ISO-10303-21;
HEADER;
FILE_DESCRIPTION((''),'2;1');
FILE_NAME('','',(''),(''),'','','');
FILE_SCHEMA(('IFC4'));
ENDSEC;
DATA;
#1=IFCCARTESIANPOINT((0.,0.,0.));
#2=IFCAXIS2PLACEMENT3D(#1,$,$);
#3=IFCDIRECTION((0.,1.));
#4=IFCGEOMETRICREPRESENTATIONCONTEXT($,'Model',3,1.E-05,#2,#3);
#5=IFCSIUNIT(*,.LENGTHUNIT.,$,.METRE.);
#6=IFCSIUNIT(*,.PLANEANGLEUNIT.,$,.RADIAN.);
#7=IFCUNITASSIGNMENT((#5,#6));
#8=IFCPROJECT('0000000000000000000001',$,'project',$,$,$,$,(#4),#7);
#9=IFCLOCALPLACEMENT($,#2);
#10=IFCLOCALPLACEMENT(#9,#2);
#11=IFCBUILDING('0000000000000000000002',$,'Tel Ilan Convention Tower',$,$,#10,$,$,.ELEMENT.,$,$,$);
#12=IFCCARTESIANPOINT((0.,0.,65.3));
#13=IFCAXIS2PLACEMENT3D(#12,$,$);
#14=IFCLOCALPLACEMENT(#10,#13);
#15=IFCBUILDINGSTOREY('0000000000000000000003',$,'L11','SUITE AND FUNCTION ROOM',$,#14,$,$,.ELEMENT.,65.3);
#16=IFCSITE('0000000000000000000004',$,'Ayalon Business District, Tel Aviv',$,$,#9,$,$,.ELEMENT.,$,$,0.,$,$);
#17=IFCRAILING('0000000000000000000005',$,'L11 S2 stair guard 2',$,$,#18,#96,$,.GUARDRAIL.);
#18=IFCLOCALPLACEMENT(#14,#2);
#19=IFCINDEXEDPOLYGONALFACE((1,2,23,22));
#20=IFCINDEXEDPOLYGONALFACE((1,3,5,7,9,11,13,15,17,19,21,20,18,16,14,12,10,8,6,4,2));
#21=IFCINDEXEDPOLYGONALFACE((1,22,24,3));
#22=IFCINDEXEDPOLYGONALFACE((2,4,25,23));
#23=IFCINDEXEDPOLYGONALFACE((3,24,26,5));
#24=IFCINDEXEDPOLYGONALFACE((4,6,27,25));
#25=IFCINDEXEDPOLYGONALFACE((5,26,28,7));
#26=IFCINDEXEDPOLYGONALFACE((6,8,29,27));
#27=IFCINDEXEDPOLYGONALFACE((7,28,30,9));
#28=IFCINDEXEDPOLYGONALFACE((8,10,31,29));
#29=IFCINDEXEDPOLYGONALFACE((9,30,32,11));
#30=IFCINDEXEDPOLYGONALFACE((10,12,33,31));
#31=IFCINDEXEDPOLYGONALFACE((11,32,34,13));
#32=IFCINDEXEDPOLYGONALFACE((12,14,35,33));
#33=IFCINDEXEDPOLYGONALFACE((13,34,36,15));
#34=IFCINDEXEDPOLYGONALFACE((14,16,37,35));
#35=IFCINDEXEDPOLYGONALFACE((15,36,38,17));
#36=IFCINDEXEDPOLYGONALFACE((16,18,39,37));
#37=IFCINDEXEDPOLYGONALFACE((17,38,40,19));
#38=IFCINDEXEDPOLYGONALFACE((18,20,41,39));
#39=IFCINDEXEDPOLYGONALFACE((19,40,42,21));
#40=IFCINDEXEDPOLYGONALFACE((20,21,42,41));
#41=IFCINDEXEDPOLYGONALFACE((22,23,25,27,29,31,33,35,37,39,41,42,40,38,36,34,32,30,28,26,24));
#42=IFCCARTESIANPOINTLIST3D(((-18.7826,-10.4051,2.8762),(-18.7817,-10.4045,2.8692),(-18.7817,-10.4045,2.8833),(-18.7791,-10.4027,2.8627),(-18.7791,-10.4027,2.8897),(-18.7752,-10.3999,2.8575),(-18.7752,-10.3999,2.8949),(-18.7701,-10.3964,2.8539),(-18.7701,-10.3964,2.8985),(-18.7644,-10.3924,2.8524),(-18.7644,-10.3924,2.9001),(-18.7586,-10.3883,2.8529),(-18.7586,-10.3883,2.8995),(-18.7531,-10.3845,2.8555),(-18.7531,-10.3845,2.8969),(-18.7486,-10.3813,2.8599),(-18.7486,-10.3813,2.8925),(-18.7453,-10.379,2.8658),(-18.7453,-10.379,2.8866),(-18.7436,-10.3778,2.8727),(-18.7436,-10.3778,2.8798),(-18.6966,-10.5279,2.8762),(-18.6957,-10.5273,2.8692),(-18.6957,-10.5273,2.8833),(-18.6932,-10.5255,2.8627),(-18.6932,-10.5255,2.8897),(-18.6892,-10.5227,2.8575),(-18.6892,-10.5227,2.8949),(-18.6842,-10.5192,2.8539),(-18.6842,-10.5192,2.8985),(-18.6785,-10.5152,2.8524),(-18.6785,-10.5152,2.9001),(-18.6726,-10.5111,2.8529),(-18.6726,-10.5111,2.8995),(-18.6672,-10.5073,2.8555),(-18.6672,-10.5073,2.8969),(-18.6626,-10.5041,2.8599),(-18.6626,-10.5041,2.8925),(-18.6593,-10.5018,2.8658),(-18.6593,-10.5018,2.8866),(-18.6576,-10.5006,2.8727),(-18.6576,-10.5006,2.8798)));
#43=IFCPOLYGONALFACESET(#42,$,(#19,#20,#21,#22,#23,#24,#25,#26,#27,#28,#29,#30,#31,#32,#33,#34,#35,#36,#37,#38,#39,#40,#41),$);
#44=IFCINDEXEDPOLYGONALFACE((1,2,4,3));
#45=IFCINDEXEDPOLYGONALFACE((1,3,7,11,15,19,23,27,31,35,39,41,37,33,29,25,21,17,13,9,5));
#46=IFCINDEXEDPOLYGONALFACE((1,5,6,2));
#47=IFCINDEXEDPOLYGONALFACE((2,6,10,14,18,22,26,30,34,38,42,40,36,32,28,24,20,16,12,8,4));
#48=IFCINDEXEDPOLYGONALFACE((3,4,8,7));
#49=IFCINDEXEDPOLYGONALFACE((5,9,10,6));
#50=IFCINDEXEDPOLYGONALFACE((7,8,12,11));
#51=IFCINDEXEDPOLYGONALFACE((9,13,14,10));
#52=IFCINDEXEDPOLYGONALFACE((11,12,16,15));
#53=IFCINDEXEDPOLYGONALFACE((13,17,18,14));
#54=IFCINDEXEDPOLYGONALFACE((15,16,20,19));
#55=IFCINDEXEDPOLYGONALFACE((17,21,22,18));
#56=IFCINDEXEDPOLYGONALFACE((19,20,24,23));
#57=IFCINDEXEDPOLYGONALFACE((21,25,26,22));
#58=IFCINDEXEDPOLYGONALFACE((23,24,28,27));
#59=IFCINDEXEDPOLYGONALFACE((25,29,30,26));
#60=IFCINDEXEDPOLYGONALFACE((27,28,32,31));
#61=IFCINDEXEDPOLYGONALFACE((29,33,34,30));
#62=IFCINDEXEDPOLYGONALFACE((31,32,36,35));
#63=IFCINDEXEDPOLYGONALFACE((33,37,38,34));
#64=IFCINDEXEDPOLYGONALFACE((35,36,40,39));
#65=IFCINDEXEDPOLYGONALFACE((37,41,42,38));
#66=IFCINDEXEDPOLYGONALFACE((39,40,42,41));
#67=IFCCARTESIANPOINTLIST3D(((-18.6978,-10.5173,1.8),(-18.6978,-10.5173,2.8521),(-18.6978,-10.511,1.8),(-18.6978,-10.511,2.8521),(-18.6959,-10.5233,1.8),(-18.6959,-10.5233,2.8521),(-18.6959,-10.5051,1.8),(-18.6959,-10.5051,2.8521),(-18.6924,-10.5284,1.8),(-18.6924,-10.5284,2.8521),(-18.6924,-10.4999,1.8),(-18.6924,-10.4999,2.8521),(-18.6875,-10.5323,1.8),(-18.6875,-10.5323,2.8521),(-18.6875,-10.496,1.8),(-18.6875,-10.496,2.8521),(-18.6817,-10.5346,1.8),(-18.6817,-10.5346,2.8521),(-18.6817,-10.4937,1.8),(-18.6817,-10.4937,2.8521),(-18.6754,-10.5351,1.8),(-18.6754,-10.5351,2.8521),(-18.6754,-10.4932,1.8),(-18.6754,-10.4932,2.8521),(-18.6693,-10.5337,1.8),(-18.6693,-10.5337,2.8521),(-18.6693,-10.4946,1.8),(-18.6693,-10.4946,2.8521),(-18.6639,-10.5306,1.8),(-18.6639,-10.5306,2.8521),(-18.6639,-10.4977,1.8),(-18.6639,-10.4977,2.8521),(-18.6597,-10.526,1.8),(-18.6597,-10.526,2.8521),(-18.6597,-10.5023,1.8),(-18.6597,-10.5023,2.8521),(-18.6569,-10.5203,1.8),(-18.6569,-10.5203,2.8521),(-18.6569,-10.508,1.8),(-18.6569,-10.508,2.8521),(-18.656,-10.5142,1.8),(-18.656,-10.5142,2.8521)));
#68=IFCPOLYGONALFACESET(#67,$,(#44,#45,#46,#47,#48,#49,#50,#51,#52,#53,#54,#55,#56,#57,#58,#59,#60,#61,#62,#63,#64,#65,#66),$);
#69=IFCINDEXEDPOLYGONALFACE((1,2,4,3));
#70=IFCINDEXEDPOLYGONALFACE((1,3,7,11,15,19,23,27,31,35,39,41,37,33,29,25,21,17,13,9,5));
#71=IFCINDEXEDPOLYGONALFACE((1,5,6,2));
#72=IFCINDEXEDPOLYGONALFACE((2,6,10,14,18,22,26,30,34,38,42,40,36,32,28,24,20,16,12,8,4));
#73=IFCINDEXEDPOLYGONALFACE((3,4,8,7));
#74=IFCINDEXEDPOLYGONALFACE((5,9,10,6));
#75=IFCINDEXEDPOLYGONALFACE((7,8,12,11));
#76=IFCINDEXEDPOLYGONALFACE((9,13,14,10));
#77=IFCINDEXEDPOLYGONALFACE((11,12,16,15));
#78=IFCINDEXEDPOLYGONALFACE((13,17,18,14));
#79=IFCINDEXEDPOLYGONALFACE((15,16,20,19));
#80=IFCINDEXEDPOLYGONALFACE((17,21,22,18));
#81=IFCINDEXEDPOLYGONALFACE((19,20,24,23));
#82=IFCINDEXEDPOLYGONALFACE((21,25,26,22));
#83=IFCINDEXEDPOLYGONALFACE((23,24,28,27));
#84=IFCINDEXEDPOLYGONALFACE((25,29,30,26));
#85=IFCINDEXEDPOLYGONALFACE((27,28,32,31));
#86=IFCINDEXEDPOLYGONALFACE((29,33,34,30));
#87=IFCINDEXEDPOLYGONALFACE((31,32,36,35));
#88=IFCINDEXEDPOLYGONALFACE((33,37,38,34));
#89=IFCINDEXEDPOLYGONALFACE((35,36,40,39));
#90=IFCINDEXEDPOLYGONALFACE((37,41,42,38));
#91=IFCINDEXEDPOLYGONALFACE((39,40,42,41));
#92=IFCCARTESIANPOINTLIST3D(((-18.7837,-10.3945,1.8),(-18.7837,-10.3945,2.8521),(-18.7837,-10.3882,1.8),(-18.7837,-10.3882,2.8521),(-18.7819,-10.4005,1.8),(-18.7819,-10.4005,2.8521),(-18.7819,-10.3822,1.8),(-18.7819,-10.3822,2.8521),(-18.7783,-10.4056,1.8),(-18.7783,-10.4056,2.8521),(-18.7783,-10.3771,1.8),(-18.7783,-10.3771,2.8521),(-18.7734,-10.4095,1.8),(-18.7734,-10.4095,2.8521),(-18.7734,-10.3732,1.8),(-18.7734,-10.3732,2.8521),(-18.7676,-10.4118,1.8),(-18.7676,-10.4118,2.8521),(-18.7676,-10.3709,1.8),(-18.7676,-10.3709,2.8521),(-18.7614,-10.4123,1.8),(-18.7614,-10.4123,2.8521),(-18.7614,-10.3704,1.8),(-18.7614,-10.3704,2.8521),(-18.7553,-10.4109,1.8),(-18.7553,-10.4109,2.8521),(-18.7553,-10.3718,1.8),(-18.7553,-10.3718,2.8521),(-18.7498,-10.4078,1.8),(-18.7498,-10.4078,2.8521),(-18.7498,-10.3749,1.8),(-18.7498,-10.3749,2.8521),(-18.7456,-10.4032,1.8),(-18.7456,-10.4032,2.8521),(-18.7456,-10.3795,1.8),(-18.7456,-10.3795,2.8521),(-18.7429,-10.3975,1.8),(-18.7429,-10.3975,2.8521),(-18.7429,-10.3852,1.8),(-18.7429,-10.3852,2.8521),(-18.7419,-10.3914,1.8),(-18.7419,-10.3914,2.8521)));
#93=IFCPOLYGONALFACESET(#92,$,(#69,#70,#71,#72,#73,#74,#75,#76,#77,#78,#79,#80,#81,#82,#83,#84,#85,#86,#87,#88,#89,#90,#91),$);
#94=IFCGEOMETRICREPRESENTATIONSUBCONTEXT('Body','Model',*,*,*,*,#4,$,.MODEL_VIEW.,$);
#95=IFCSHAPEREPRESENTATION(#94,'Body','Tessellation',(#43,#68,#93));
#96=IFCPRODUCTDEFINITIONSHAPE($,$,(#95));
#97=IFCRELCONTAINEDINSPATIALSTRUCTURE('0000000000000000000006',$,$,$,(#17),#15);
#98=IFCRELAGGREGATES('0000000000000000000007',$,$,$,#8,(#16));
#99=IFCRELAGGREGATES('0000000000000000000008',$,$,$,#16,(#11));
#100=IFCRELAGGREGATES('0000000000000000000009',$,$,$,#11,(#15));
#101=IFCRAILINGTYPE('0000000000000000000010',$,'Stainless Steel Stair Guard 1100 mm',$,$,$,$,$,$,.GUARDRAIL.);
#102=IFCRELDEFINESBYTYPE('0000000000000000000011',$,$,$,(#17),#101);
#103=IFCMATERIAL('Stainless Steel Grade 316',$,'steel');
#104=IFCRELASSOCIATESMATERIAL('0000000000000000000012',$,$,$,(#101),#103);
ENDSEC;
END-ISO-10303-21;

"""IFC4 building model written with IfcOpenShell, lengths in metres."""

from ifc_helpers import new_model, si_unit, direction, frame, origin, origin_2d, place, context, subcontext, project, spatial, circle, extrude, material, type_object, element, save


model = new_model("IFC4")

# Units and contexts
model_context = context("Model", 3, precision=1e-05, world=origin(), true_north=direction((0.0, 1.0)))
body_context = subcontext(model_context, "Body", "Model", "MODEL_VIEW")
ifc_project = project(units=[si_unit("LENGTHUNIT", "METRE"), si_unit("PLANEANGLEUNIT", "RADIAN")], contexts=[model_context])

# Site, building, storey
site_placement = place(None, origin())
site = spatial("IfcSite", under=ifc_project, at=site_placement, Name="Ayalon Business District, Tel Aviv", CompositionType="ELEMENT", RefElevation=0.0)
building_placement = place(site_placement, origin())
building = spatial("IfcBuilding", under=site, at=building_placement, Name="Tel Ilan Convention Tower", CompositionType="ELEMENT")
storey_placement = place(building_placement, frame((0.0, 0.0, 65.3)))
storey = spatial("IfcBuildingStorey", under=building, at=storey_placement, Name="L11", Description="SUITE AND FUNCTION ROOM", CompositionType="ELEMENT", Elevation=65.3)

# Railing
ifc_material_1 = material(Name="Stainless Steel Grade 316", Category="steel")
railing_type_1 = type_object("IfcRailingType", Name="Stainless Steel Stair Guard 1100 mm", PredefinedType="GUARDRAIL", material=ifc_material_1)
railing_1_placement = place(storey_placement, frame((-18.677, -10.5142, 1.8)))
element("IfcRailing", 1, at=railing_1_placement, inside=storey, type_object=railing_type_1, Name="L11 S2 stair guard 2", PredefinedType="GUARDRAIL", context=body_context, shape_type="SweptSolid", body=[
    extrude(circle(Radius=0.0239, at=origin_2d()), frame((0.0, 0.0, 1.0762), z_axis=(-0.573353, 0.819308, 0.0), x_axis=(-0.819308, -0.573353, 0.0)), (0.0, 0.0, 1.0), 0.1499),
    extrude(circle(Radius=0.021, at=origin_2d()), origin(), (0.0, 0.0, 1.0), 1.052),
    extrude(circle(Radius=0.021, at=origin_2d()), frame((-0.0859, 0.1228, 0.0)), (0.0, 0.0, 1.0), 1.052),
])

save(model, "model.ifc")
